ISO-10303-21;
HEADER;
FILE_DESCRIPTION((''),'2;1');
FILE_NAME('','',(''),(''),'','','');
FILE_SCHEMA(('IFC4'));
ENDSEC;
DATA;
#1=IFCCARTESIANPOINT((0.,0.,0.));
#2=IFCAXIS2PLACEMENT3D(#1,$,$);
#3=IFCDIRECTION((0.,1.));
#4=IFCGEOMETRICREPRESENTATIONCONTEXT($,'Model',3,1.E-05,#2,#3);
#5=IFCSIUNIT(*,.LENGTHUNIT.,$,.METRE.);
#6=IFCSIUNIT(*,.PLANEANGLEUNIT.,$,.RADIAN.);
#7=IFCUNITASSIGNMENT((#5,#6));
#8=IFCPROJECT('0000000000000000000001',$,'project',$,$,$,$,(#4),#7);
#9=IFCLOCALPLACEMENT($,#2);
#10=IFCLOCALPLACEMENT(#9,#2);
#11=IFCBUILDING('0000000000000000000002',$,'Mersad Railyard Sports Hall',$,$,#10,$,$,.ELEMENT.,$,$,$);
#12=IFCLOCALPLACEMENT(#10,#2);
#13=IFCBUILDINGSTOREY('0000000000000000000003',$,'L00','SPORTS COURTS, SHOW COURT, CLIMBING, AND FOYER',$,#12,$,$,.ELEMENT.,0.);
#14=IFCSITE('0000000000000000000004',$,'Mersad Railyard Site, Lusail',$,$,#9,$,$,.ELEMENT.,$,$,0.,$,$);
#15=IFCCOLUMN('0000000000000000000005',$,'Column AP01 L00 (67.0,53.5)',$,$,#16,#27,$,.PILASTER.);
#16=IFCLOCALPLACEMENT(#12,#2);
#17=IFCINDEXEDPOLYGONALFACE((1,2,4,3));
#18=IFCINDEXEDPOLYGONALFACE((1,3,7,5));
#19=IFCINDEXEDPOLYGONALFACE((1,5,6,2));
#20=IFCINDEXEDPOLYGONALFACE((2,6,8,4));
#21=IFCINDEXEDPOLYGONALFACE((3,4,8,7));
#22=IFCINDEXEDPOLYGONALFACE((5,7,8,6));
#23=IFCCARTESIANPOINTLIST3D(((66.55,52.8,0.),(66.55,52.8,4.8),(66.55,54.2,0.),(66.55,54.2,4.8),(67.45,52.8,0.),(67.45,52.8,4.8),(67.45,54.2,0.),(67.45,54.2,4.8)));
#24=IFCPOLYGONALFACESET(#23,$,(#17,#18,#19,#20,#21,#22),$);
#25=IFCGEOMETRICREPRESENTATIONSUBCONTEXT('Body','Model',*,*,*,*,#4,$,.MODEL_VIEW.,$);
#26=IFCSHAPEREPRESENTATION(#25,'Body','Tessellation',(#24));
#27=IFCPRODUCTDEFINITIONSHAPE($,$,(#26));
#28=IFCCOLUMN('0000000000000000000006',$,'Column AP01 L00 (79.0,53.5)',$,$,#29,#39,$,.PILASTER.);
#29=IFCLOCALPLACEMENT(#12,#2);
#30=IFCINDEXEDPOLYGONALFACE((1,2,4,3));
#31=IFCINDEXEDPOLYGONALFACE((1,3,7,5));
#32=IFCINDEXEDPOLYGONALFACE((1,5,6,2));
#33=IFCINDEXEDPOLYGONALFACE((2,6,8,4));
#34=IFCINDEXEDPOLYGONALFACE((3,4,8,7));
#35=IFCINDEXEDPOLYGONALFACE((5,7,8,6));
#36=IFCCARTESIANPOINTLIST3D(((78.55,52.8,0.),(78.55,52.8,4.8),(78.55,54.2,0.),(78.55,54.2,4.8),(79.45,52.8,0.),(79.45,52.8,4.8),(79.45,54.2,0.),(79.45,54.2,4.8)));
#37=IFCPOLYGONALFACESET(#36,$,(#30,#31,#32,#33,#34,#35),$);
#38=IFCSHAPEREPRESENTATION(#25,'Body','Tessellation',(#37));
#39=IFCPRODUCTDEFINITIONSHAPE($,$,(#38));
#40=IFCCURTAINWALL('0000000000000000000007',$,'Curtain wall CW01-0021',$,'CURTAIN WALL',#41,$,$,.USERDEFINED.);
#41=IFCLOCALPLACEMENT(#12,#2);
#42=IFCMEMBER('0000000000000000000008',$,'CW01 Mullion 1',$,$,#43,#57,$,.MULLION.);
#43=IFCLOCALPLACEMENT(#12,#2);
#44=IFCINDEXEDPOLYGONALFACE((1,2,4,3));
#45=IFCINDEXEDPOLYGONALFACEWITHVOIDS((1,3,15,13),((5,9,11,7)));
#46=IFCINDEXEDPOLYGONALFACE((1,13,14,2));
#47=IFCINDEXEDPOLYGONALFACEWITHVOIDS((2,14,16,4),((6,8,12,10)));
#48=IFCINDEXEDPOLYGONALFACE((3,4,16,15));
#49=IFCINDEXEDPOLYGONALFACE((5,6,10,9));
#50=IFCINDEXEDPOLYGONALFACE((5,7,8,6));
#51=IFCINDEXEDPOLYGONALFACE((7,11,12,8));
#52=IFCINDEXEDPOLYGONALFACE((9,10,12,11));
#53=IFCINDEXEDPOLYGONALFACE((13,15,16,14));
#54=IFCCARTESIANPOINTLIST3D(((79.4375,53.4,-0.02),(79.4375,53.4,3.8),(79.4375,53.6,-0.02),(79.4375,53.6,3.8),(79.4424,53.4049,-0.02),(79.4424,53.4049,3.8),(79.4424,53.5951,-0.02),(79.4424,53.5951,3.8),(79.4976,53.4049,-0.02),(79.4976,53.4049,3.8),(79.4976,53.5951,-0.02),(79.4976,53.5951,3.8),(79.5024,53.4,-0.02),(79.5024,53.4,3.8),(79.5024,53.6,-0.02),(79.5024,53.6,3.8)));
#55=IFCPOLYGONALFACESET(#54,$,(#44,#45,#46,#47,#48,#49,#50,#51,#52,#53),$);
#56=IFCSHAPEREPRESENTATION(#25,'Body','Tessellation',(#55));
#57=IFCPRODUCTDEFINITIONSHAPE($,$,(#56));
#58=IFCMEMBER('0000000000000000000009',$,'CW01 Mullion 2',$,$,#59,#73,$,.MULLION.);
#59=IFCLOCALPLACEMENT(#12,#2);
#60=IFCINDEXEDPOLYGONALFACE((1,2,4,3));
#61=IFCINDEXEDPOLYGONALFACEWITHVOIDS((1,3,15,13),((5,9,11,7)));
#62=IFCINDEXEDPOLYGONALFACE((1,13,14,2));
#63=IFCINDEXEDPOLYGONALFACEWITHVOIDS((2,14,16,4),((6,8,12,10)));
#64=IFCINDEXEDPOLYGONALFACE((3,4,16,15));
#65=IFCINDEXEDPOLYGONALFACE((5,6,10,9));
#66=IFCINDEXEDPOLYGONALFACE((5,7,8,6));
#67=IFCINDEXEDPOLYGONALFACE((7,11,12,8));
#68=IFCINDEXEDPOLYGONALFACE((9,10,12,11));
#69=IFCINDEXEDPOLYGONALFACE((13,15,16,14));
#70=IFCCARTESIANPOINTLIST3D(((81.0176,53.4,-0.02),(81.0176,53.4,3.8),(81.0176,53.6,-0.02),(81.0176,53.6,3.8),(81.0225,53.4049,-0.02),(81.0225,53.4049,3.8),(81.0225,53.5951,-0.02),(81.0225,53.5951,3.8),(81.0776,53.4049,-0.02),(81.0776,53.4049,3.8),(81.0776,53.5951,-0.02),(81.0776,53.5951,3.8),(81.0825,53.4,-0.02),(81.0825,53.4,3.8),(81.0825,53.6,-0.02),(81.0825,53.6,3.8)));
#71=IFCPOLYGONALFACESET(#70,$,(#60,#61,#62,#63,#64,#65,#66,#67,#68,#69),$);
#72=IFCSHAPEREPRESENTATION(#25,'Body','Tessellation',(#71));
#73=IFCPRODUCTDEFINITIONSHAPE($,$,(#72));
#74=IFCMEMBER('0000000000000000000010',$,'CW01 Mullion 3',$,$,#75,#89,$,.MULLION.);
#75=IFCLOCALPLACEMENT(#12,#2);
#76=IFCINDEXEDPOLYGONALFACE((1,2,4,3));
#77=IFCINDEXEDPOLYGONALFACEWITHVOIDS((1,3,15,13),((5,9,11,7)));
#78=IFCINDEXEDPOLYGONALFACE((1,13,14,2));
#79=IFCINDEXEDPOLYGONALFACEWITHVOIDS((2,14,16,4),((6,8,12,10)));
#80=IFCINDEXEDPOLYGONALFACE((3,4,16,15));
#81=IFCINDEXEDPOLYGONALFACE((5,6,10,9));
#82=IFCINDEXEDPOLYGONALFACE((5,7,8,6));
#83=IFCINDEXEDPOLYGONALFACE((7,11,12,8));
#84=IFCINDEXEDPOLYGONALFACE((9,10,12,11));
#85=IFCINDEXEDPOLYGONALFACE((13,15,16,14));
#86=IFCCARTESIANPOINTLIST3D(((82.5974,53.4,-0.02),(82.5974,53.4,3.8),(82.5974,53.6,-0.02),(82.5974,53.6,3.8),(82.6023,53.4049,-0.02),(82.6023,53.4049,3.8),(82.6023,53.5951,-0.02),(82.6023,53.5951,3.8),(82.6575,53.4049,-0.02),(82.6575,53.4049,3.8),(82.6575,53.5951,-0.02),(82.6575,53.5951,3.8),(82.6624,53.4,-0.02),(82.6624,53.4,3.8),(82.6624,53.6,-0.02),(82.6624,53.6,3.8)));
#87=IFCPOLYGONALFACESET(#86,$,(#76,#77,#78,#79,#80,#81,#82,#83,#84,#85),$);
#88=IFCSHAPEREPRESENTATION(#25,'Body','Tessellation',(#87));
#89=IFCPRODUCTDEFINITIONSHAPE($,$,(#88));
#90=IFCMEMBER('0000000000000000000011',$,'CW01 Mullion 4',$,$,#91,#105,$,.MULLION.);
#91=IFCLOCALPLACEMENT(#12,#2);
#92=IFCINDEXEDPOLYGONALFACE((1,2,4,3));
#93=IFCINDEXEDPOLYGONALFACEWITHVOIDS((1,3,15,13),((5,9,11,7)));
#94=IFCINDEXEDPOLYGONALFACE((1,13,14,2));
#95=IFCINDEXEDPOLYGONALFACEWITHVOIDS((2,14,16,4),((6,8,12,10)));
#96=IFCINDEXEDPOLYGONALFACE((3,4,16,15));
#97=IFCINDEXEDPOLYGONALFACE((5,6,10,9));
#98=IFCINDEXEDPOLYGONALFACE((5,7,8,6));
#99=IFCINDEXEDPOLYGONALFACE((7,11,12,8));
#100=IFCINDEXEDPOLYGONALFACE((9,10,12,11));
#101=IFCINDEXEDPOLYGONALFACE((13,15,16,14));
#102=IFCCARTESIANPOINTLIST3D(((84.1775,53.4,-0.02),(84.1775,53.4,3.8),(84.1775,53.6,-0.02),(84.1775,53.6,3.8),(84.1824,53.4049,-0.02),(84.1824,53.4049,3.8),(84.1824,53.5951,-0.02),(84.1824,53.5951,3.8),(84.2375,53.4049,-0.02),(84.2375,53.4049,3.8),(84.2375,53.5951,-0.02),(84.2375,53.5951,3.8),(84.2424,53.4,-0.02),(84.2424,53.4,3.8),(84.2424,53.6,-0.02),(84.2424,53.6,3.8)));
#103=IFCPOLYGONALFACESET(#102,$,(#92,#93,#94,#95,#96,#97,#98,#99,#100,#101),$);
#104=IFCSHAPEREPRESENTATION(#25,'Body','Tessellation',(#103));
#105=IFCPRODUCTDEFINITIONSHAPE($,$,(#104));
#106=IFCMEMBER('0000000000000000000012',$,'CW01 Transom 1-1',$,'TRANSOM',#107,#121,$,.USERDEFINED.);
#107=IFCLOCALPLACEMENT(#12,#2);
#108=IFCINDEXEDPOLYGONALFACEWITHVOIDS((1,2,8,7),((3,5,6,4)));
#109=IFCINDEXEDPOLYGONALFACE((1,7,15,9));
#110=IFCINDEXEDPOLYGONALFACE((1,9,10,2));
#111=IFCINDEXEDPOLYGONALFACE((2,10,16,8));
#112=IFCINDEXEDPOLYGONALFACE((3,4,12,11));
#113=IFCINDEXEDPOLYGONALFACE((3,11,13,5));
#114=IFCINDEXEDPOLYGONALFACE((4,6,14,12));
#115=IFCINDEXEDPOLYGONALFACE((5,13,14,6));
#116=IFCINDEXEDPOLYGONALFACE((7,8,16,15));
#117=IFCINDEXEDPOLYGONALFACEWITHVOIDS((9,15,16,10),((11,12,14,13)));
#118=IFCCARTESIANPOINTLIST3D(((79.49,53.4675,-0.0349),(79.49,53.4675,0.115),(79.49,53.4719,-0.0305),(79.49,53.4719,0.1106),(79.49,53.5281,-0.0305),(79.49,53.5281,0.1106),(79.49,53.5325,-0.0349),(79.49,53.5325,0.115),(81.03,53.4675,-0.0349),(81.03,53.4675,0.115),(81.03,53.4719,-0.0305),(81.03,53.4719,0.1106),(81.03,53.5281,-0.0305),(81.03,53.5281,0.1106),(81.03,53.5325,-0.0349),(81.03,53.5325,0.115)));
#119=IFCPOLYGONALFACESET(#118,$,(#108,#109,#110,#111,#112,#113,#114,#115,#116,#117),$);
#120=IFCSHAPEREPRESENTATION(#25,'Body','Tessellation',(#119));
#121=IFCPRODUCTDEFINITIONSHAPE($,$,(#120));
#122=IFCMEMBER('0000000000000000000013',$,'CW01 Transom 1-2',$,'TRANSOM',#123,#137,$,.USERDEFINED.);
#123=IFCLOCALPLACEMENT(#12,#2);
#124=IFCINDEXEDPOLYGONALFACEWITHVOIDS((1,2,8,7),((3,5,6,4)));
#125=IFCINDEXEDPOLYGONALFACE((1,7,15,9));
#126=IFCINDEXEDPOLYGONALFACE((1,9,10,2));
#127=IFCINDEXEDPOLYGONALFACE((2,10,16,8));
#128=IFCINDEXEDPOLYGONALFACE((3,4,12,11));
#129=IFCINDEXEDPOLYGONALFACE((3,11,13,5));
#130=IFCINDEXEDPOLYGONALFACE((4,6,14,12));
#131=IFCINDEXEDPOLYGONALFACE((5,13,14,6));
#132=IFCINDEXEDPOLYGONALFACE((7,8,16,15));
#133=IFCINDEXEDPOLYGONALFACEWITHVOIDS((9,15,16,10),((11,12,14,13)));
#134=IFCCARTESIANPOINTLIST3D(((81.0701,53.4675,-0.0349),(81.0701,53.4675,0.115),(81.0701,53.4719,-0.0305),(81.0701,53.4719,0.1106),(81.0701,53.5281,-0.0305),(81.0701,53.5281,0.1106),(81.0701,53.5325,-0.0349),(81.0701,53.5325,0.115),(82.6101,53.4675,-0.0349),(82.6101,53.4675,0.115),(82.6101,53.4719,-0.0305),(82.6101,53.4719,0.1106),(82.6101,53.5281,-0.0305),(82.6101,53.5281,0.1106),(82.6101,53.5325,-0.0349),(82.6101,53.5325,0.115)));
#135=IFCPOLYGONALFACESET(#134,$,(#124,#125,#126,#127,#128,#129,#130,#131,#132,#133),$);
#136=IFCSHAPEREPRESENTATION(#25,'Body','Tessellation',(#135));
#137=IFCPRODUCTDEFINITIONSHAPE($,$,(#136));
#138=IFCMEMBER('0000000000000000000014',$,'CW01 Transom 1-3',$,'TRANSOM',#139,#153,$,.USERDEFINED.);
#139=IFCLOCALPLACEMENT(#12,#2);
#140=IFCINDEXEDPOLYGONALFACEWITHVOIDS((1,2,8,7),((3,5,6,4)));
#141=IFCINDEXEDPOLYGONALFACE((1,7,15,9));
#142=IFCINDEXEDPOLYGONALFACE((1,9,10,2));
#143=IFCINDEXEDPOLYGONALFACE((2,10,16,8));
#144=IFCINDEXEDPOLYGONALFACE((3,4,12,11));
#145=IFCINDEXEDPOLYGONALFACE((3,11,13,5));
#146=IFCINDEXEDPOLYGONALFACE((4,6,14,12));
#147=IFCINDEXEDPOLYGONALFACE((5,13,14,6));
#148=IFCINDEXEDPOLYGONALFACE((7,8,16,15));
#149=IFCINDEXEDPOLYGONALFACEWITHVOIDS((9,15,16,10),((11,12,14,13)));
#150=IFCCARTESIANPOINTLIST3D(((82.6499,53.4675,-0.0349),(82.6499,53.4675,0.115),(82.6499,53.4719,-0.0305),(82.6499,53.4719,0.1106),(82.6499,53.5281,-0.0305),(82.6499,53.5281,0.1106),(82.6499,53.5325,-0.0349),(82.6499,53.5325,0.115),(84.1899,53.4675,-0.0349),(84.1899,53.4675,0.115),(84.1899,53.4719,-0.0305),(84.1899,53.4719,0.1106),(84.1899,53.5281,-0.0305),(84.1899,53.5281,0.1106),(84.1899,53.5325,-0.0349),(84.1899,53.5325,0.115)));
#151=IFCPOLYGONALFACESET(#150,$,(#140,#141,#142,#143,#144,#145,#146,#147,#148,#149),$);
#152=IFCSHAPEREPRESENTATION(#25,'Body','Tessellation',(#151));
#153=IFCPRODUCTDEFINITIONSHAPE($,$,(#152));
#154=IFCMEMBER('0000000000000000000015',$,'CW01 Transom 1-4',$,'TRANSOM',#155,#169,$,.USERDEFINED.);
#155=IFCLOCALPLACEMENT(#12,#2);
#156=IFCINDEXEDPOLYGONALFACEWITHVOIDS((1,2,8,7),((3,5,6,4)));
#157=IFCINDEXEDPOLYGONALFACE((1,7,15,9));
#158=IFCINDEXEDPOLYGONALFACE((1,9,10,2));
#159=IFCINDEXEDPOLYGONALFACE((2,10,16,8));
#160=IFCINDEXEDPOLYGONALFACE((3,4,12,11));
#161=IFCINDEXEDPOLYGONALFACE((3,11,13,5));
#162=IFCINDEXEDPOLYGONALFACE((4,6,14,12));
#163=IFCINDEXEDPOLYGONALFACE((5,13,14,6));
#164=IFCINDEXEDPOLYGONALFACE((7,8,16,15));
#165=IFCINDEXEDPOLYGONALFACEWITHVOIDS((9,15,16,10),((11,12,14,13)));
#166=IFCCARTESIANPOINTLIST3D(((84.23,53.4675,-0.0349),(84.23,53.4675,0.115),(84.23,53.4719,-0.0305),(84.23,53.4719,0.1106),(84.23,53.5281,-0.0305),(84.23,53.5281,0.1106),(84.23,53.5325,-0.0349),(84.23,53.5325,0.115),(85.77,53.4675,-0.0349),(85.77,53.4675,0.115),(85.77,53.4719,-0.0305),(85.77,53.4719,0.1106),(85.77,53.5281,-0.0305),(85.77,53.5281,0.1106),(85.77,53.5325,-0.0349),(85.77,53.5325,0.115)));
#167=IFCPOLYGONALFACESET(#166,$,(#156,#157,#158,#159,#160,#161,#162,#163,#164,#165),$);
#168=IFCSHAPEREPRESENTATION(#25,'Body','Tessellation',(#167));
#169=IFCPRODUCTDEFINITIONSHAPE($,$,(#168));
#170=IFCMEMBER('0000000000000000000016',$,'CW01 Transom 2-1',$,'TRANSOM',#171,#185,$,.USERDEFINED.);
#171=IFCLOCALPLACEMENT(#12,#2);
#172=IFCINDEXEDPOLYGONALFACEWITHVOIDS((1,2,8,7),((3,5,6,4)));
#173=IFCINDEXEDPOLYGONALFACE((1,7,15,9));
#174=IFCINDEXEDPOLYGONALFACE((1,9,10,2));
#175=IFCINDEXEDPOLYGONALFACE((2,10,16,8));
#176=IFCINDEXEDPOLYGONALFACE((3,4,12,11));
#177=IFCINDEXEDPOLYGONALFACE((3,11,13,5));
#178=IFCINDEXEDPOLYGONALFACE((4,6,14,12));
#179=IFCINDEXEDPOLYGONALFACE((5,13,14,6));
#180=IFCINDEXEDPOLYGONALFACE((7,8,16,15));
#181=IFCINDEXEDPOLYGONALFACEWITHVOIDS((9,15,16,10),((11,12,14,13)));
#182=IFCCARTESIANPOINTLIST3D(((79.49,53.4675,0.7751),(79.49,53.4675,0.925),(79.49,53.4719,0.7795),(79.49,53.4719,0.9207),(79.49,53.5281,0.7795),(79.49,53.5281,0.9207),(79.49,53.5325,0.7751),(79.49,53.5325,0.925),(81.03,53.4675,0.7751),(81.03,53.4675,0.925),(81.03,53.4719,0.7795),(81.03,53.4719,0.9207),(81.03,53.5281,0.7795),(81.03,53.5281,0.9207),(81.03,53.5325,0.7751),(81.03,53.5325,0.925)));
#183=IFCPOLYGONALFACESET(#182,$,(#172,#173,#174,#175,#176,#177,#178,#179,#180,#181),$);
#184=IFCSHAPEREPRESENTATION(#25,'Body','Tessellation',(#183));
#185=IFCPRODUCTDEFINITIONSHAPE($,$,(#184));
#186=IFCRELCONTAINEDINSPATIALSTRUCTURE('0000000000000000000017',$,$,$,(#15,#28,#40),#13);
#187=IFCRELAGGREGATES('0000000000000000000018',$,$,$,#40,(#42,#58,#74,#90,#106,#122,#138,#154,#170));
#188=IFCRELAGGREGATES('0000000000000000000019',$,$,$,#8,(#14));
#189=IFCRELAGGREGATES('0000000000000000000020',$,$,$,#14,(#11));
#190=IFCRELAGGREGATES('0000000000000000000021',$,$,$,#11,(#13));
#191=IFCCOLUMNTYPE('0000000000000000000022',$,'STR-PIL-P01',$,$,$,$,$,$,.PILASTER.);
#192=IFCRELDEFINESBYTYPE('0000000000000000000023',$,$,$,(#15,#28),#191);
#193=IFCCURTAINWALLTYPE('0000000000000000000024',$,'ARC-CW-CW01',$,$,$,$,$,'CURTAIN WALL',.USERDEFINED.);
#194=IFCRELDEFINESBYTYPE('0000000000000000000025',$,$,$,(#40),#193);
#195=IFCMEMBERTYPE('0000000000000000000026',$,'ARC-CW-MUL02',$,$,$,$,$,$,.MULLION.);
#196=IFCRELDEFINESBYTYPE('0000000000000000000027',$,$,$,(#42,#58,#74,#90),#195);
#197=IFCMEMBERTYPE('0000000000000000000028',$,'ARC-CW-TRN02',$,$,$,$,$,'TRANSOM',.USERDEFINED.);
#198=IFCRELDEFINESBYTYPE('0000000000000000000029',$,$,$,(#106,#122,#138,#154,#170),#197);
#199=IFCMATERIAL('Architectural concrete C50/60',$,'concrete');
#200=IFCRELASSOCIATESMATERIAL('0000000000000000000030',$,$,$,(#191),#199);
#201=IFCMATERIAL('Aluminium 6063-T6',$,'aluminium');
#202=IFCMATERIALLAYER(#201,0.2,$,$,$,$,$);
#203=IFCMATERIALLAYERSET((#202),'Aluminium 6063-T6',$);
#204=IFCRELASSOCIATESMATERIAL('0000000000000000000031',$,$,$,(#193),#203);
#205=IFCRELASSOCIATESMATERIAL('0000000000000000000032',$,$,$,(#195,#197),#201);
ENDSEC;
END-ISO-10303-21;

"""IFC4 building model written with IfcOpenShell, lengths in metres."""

from ifc_helpers import new_model, si_unit, direction, frame, origin, origin_2d, place, context, subcontext, project, spatial, rectangle, hollow_rectangle, extrude, material, layer, layer_set, material_profile, profile_set, type_object, element, aggregate, save


model = new_model("IFC4")

# Units and contexts
model_context = context("Model", 3, precision=1e-05, world=origin(), true_north=direction((0.0, 1.0)))
body_context = subcontext(model_context, "Body", "Model", "MODEL_VIEW")
ifc_project = project(units=[si_unit("LENGTHUNIT", "METRE"), si_unit("PLANEANGLEUNIT", "RADIAN")], contexts=[model_context])

# Site, building, storey
site_placement = place(None, origin())
site = spatial("IfcSite", under=ifc_project, at=site_placement, Name="Mersad Railyard Site, Lusail", CompositionType="ELEMENT", RefElevation=0.0)
building_placement = place(site_placement, origin())
building = spatial("IfcBuilding", under=site, at=building_placement, Name="Mersad Railyard Sports Hall", CompositionType="ELEMENT")
storey_placement = place(building_placement, origin())
storey = spatial("IfcBuildingStorey", under=building, at=storey_placement, Name="L00", Description="SPORTS COURTS, SHOW COURT, CLIMBING, AND FOYER", CompositionType="ELEMENT", Elevation=0.0)

# Columns
ifc_material_1 = material(Name="Architectural concrete C50/60", Category="concrete")
ifc_material_profile_1 = material_profile(ifc_material_1, rectangle(XDim=0.8999, YDim=1.3999, at=origin_2d()), Name="RC 900x1400")
ifc_profile_set_1 = profile_set([ifc_material_profile_1], Name="Architectural concrete C50/60")
column_type = type_object("IfcColumnType", Name="STR-PIL-P01", PredefinedType="PILASTER", material=ifc_profile_set_1)
for number, where, z_axis, x_axis, name in (
    (1, (67.0, 53.5, 0.0), (0.0, 0.0, 1.0), (1.0, 0.0, 0.0), "Column AP01 L00 (67.0,53.5)"),
    (2, (79.0, 53.5, 0.0), (0.0, 0.0, 1.0), (1.0, 0.0, 0.0), "Column AP01 L00 (79.0,53.5)"),
):
    element("IfcColumn", number, at=place(storey_placement, frame(where, z_axis=z_axis, x_axis=x_axis)), inside=storey, type_object=column_type, Name=name, PredefinedType="PILASTER", context=body_context, shape_type="SweptSolid", body=[
        extrude(rectangle(XDim=0.8999, YDim=1.3999, at=origin_2d()), origin(), (0.0, 0.0, 1.0), 4.8),
    ])

# Curtain wall, members
ifc_material_2 = material(Name="Aluminium 6063-T6", Category="aluminium")
ifc_layer_1 = layer(ifc_material_2, 0.2)
ifc_layer_set_1 = layer_set([ifc_layer_1], Name="Aluminium 6063-T6")
curtain_wall_type = type_object("IfcCurtainWallType", Name="ARC-CW-CW01", ElementType="CURTAIN WALL", PredefinedType="USERDEFINED", material=ifc_layer_set_1)
curtain_wall_placement = place(storey_placement, origin())
curtain_wall = element("IfcCurtainWall", 3, at=curtain_wall_placement, inside=storey, type_object=curtain_wall_type, Name="Curtain wall CW01-0021", ObjectType="CURTAIN WALL", PredefinedType="USERDEFINED")
ifc_material_profile_2 = material_profile(ifc_material_2, hollow_rectangle(XDim=0.0649, YDim=0.2, WallThickness=0.0049, at=origin_2d()), Name="AL MULLION 65x200x5")
ifc_profile_set_2 = profile_set([ifc_material_profile_2], Name="Aluminium 6063-T6")
member_type_1 = type_object("IfcMemberType", Name="ARC-CW-MUL02", PredefinedType="MULLION", material=ifc_profile_set_2)
member_1_placement = place(storey_placement, frame((79.47, 53.5, -0.02), z_axis=(0.0, 0.0, 1.0), x_axis=(1.0, 0.0, 0.0)))
member_1 = element("IfcMember", 4, at=member_1_placement, type_object=member_type_1, Name="CW01 Mullion 1", PredefinedType="MULLION", context=body_context, shape_type="SweptSolid", body=[
    extrude(hollow_rectangle(XDim=0.0649, YDim=0.2, WallThickness=0.0049, at=origin_2d()), origin(), (0.0, 0.0, 1.0), 3.8201),
])
member_2_placement = place(storey_placement, frame((81.05, 53.5, -0.02), z_axis=(0.0, 0.0, 1.0), x_axis=(1.0, 0.0, 0.0)))
member_2 = element("IfcMember", 5, at=member_2_placement, type_object=member_type_1, Name="CW01 Mullion 2", PredefinedType="MULLION", context=body_context, shape_type="SweptSolid", body=[
    extrude(hollow_rectangle(XDim=0.0649, YDim=0.2, WallThickness=0.0049, at=origin_2d()), origin(), (0.0, 0.0, 1.0), 3.8201),
])
member_3_placement = place(storey_placement, frame((82.6299, 53.5, -0.02), z_axis=(0.0, 0.0, 1.0), x_axis=(1.0, 0.0, 0.0)))
member_3 = element("IfcMember", 6, at=member_3_placement, type_object=member_type_1, Name="CW01 Mullion 3", PredefinedType="MULLION", context=body_context, shape_type="SweptSolid", body=[
    extrude(hollow_rectangle(XDim=0.0649, YDim=0.2, WallThickness=0.0049, at=origin_2d()), origin(), (0.0, 0.0, 1.0), 3.8201),
])
member_4_placement = place(storey_placement, frame((84.21, 53.5, -0.02), z_axis=(0.0, 0.0, 1.0), x_axis=(1.0, 0.0, 0.0)))
member_4 = element("IfcMember", 7, at=member_4_placement, type_object=member_type_1, Name="CW01 Mullion 4", PredefinedType="MULLION", context=body_context, shape_type="SweptSolid", body=[
    extrude(hollow_rectangle(XDim=0.0649, YDim=0.2, WallThickness=0.0049, at=origin_2d()), origin(), (0.0, 0.0, 1.0), 3.8201),
])
ifc_material_profile_3 = material_profile(ifc_material_2, hollow_rectangle(XDim=0.0649, YDim=0.1499, WallThickness=0.0044, at=origin_2d()), Name="AL TRANSOM 65x150x4.5")
ifc_profile_set_3 = profile_set([ifc_material_profile_3], Name="Aluminium 6063-T6")
member_type_2 = type_object("IfcMemberType", Name="ARC-CW-TRN02", ElementType="TRANSOM", PredefinedType="USERDEFINED", material=ifc_profile_set_3)
member_5_placement = place(storey_placement, frame((79.49, 53.5, 0.04), z_axis=(1.0, 0.0, 0.0), x_axis=(0.0, 1.0, 0.0)))
member_5 = element("IfcMember", 8, at=member_5_placement, type_object=member_type_2, Name="CW01 Transom 1-1", ObjectType="TRANSOM", PredefinedType="USERDEFINED", context=body_context, shape_type="SweptSolid", body=[
    extrude(hollow_rectangle(XDim=0.0649, YDim=0.1499, WallThickness=0.0044, at=origin_2d()), origin(), (0.0, 0.0, 1.0), 1.54),
])
member_6_placement = place(storey_placement, frame((81.0701, 53.5, 0.04), z_axis=(1.0, 0.0, 0.0), x_axis=(0.0, 1.0, 0.0)))
member_6 = element("IfcMember", 9, at=member_6_placement, type_object=member_type_2, Name="CW01 Transom 1-2", ObjectType="TRANSOM", PredefinedType="USERDEFINED", context=body_context, shape_type="SweptSolid", body=[
    extrude(hollow_rectangle(XDim=0.0649, YDim=0.1499, WallThickness=0.0044, at=origin_2d()), origin(), (0.0, 0.0, 1.0), 1.54),
])
member_7_placement = place(storey_placement, frame((82.6499, 53.5, 0.04), z_axis=(1.0, 0.0, 0.0), x_axis=(0.0, 1.0, 0.0)))
member_7 = element("IfcMember", 10, at=member_7_placement, type_object=member_type_2, Name="CW01 Transom 1-3", ObjectType="TRANSOM", PredefinedType="USERDEFINED", context=body_context, shape_type="SweptSolid", body=[
    extrude(hollow_rectangle(XDim=0.0649, YDim=0.1499, WallThickness=0.0044, at=origin_2d()), origin(), (0.0, 0.0, 1.0), 1.54),
])
member_8_placement = place(storey_placement, frame((84.23, 53.5, 0.04), z_axis=(1.0, 0.0, 0.0), x_axis=(0.0, 1.0, 0.0)))
member_8 = element("IfcMember", 11, at=member_8_placement, type_object=member_type_2, Name="CW01 Transom 1-4", ObjectType="TRANSOM", PredefinedType="USERDEFINED", context=body_context, shape_type="SweptSolid", body=[
    extrude(hollow_rectangle(XDim=0.0649, YDim=0.1499, WallThickness=0.0044, at=origin_2d()), origin(), (0.0, 0.0, 1.0), 1.54),
])
member_9_placement = place(storey_placement, frame((79.49, 53.5, 0.8501), z_axis=(1.0, 0.0, 0.0), x_axis=(0.0, 1.0, 0.0)))
member_9 = element("IfcMember", 12, at=member_9_placement, type_object=member_type_2, Name="CW01 Transom 2-1", ObjectType="TRANSOM", PredefinedType="USERDEFINED", context=body_context, shape_type="SweptSolid", body=[
    extrude(hollow_rectangle(XDim=0.0649, YDim=0.1499, WallThickness=0.0044, at=origin_2d()), origin(), (0.0, 0.0, 1.0), 1.54),
])

aggregate(curtain_wall, [member_1, member_2, member_3, member_4, member_5, member_6, member_7, member_8, member_9])

save(model, "model.ifc")
